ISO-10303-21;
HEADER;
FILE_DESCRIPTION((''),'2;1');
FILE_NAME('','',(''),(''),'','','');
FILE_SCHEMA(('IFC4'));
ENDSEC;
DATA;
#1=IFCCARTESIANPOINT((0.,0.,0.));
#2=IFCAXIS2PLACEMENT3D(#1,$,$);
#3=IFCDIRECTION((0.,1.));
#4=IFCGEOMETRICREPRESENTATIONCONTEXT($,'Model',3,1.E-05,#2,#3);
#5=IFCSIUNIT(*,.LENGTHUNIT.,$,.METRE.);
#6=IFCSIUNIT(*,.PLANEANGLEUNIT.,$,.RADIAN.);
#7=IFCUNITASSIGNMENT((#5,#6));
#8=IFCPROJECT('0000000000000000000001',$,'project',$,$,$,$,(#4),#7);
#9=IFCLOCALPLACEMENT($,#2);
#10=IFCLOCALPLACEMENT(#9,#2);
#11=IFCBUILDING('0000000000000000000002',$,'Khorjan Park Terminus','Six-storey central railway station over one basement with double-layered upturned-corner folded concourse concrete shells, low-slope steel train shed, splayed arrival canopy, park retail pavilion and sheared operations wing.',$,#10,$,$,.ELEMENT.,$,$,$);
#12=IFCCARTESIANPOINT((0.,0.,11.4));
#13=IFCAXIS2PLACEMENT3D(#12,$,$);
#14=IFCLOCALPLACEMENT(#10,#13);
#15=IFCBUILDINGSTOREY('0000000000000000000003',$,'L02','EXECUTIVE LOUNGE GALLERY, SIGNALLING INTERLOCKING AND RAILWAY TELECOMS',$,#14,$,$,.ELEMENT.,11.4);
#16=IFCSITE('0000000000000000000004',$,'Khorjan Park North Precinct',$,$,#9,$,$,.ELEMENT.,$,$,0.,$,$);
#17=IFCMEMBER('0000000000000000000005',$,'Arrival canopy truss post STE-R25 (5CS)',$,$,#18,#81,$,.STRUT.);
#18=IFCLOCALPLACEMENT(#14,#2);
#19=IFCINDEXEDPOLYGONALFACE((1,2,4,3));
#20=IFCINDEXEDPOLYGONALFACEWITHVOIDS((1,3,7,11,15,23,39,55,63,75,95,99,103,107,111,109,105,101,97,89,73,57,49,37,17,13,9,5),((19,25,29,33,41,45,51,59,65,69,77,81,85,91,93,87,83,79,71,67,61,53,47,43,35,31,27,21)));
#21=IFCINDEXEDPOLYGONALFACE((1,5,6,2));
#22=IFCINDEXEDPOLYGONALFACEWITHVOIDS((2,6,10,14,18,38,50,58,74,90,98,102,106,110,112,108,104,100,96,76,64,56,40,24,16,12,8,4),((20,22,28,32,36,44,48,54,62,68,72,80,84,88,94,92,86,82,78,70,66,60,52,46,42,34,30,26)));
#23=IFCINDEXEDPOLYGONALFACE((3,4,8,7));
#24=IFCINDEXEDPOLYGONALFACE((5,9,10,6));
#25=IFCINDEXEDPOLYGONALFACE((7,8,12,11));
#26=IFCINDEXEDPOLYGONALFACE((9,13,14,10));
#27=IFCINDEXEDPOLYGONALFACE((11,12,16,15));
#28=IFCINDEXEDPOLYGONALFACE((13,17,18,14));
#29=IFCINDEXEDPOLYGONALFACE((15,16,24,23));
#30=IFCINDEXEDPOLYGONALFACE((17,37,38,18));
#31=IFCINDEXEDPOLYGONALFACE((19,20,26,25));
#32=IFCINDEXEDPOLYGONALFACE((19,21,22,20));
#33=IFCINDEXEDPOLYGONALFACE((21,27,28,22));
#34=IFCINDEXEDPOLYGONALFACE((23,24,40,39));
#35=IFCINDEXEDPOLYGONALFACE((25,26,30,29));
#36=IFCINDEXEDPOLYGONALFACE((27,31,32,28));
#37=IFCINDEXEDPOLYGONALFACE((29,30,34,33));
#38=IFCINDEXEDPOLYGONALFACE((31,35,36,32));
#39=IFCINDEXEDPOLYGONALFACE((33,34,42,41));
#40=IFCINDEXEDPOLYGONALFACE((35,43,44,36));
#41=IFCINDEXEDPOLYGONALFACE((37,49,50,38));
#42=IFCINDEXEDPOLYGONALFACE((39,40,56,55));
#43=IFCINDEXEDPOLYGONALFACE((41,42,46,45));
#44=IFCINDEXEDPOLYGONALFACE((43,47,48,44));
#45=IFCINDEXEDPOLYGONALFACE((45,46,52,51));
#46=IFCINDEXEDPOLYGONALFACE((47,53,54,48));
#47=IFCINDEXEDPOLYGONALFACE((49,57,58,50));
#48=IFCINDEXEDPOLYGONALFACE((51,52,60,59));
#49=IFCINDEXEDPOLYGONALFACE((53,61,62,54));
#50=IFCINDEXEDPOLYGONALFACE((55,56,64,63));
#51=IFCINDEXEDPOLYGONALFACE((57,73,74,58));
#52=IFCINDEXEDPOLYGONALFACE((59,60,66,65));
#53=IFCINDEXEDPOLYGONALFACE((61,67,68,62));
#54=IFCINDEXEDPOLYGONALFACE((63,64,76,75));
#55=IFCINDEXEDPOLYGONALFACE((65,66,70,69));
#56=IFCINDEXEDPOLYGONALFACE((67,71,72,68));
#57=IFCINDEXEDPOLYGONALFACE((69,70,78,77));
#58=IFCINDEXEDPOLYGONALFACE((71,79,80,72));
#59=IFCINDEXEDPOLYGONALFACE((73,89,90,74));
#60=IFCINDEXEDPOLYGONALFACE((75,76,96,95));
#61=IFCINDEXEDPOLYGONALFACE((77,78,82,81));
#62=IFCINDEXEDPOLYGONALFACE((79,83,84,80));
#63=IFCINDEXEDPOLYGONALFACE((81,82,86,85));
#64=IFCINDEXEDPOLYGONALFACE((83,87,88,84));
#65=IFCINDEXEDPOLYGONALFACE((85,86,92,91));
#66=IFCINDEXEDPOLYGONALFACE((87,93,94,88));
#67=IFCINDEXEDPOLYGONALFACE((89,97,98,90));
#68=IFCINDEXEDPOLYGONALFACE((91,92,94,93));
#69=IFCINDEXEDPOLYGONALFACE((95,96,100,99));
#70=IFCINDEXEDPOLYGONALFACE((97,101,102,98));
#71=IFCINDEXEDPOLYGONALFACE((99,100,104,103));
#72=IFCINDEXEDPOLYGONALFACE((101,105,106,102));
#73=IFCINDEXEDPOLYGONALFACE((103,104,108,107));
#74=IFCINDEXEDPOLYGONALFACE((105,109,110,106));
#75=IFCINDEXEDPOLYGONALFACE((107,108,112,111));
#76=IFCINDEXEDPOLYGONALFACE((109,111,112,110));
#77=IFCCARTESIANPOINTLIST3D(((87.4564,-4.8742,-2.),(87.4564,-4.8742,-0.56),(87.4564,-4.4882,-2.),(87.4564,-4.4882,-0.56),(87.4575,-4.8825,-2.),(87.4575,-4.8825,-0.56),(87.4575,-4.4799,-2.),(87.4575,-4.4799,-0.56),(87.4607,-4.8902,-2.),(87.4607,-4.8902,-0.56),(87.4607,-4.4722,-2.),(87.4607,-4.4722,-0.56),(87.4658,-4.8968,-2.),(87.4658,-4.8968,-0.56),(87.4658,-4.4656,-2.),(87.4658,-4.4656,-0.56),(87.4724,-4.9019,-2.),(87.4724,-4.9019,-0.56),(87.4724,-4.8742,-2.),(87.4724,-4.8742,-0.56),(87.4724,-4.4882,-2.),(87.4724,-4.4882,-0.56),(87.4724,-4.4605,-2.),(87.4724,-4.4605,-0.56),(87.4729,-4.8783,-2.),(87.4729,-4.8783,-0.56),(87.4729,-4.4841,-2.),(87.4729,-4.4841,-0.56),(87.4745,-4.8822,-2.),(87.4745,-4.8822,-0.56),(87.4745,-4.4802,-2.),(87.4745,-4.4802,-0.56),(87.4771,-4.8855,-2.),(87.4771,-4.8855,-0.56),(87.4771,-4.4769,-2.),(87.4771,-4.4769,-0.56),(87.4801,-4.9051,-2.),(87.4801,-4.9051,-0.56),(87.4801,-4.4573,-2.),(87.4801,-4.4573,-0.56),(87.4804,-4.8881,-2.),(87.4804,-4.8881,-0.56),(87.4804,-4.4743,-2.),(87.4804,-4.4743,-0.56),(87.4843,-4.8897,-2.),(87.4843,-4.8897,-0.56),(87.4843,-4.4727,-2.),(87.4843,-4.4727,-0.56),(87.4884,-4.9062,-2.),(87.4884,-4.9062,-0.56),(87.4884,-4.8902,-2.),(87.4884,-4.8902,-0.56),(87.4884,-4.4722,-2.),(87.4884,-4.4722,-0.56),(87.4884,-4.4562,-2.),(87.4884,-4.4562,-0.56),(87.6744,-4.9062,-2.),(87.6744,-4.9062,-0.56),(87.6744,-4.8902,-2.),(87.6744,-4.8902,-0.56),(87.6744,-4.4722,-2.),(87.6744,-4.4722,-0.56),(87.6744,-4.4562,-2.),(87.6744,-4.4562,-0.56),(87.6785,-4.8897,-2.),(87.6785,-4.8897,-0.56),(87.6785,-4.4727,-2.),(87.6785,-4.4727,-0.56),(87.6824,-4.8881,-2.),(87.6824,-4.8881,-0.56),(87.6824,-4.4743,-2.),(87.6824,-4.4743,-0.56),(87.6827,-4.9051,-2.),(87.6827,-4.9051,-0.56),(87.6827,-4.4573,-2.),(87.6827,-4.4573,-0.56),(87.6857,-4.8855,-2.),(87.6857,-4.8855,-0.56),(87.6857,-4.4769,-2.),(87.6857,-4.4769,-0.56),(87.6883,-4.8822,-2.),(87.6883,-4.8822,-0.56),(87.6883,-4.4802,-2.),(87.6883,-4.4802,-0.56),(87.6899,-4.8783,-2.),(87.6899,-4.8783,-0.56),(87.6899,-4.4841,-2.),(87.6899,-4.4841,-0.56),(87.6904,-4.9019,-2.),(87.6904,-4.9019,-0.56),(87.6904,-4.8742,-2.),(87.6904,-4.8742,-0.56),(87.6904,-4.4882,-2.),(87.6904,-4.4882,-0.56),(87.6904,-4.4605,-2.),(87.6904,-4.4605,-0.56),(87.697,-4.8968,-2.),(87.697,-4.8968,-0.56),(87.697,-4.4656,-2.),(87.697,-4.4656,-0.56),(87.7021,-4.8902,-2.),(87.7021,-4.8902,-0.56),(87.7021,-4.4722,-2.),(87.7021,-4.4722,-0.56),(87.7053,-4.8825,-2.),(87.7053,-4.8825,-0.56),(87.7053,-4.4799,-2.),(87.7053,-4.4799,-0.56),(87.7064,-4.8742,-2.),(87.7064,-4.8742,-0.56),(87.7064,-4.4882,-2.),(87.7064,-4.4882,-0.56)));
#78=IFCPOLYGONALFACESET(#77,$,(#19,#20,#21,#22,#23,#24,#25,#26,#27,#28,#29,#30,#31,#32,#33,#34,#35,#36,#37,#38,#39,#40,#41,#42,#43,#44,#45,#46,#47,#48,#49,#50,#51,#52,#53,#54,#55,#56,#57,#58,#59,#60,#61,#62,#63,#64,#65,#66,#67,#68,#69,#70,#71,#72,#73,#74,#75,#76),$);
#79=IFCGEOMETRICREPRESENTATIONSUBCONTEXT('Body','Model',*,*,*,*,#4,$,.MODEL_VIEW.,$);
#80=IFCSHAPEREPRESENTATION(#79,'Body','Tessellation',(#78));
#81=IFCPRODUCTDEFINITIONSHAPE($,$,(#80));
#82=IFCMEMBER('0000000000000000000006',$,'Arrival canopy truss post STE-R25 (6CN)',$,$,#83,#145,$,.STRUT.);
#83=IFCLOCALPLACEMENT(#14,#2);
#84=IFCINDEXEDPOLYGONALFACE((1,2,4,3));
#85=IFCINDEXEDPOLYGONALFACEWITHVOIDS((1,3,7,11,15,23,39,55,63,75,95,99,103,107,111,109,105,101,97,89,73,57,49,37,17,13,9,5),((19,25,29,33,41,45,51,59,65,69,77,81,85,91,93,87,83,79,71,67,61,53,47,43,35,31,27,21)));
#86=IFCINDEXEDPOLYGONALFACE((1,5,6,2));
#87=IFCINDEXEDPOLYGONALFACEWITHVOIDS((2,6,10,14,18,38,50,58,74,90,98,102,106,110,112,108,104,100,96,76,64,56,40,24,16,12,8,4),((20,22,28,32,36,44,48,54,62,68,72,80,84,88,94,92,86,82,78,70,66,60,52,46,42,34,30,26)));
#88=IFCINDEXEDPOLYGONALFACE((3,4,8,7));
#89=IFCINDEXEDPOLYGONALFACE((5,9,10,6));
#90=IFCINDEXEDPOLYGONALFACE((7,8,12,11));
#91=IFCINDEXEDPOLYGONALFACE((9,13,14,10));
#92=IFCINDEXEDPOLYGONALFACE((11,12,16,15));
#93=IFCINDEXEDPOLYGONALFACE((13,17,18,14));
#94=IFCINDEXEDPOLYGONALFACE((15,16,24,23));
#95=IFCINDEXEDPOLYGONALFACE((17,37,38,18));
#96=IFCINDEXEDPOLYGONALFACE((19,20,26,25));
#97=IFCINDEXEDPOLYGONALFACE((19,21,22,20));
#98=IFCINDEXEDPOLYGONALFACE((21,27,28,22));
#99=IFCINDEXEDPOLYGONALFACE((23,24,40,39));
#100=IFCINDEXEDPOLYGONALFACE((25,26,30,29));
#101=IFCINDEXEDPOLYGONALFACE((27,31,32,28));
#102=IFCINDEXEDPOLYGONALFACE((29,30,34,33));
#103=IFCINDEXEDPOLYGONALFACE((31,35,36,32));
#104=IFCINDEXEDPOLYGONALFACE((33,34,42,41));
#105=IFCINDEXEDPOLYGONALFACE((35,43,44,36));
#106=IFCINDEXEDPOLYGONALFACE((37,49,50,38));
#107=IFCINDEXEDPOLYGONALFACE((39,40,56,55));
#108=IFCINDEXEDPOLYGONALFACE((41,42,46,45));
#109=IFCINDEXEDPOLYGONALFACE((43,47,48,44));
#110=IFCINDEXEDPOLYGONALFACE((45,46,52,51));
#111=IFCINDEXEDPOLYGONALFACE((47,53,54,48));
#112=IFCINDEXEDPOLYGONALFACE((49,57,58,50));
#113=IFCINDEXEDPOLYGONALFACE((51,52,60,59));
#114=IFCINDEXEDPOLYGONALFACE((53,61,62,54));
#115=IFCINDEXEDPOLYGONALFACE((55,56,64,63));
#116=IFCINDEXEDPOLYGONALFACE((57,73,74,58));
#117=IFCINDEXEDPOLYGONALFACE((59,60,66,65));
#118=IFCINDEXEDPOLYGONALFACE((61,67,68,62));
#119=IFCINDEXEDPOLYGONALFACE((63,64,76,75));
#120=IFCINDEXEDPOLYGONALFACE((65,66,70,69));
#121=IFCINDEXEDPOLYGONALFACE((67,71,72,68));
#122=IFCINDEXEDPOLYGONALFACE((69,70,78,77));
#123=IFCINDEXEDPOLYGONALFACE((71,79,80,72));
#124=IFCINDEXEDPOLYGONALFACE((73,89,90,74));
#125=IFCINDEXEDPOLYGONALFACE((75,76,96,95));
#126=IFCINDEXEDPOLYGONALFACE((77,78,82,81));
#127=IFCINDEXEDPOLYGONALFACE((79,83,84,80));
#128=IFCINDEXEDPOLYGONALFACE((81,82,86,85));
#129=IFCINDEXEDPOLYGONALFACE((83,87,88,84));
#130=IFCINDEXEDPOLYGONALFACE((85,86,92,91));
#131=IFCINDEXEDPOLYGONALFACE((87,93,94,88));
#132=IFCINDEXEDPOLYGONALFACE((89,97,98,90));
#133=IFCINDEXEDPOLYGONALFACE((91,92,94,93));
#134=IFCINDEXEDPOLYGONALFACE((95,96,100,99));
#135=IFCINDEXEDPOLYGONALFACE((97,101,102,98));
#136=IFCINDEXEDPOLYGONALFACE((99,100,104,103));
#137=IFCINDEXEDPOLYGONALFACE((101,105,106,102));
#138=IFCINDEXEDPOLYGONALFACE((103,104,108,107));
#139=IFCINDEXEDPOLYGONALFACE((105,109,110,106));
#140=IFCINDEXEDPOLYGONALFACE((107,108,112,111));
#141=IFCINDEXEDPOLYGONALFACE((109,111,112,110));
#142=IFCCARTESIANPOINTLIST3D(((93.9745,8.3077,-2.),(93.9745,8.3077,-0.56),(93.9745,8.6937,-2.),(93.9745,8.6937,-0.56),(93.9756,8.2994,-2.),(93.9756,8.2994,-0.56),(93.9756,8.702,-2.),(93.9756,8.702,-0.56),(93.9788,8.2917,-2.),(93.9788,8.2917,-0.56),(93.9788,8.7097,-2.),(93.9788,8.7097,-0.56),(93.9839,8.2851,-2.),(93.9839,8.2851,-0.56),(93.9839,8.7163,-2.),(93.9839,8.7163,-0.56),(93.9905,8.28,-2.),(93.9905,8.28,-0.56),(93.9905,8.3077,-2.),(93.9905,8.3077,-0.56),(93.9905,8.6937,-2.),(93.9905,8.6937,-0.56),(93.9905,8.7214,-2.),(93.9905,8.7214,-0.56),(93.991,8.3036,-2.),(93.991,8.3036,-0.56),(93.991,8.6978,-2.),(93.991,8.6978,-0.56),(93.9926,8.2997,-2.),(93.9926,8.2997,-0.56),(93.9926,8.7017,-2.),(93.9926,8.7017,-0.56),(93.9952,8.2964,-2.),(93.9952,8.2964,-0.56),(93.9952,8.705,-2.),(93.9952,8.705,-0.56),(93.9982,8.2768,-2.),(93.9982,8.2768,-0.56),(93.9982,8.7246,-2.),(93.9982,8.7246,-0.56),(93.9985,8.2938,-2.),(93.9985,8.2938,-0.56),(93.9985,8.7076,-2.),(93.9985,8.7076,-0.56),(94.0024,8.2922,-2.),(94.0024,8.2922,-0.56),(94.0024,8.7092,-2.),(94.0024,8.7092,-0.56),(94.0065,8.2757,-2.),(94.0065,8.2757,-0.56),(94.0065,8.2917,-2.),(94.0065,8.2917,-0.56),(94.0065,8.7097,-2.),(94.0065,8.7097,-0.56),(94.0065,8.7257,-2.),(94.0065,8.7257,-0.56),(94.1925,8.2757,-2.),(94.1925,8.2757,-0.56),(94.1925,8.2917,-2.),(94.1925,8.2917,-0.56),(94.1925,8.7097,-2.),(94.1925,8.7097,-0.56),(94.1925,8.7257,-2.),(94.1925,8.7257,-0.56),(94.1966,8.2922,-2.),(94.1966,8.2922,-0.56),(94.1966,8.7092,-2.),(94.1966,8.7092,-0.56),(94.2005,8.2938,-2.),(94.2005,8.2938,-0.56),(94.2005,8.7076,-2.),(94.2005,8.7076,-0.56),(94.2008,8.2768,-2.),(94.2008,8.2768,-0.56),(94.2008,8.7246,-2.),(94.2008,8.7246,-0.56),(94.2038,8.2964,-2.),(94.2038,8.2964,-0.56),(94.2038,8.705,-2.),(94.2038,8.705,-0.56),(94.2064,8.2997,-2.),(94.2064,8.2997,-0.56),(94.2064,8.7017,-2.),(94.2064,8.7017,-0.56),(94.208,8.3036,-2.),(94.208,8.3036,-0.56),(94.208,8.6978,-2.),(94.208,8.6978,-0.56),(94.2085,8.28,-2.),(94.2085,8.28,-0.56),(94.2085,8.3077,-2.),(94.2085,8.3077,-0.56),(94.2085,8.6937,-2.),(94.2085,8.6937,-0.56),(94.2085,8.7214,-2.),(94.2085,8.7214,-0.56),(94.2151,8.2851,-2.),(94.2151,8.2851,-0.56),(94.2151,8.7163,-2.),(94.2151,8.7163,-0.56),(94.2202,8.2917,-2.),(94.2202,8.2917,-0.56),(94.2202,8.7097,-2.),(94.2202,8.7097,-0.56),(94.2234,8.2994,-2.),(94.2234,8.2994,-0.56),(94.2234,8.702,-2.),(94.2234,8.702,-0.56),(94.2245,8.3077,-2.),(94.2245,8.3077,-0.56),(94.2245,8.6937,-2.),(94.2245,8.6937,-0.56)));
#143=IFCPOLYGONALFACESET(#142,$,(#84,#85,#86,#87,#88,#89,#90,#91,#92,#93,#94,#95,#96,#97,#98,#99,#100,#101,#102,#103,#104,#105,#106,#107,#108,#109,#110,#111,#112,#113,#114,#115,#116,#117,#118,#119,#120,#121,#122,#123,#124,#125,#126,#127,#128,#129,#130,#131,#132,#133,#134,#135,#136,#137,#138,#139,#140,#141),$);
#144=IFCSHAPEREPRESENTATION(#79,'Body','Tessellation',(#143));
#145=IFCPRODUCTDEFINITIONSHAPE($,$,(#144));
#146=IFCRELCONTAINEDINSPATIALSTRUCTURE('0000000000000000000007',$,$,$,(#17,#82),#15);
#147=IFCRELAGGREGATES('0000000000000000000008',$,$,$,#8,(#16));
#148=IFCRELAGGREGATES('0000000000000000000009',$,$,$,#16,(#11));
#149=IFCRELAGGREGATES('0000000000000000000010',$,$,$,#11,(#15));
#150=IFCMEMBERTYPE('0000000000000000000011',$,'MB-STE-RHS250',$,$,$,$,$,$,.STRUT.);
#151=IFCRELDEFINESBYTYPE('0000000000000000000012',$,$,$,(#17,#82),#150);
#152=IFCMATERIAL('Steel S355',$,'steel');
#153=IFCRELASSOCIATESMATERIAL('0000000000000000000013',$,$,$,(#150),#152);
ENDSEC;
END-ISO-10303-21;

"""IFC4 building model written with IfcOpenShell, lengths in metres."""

from ifc_helpers import new_model, si_unit, direction, frame, origin, origin_2d, place, context, subcontext, project, spatial, hollow_rectangle, extrude, material, material_profile, profile_set, type_object, element, save


model = new_model("IFC4")

# Units and contexts
model_context = context("Model", 3, precision=1e-05, world=origin(), true_north=direction((0.0, 1.0)))
body_context = subcontext(model_context, "Body", "Model", "MODEL_VIEW")
ifc_project = project(units=[si_unit("LENGTHUNIT", "METRE"), si_unit("PLANEANGLEUNIT", "RADIAN")], contexts=[model_context])

# Site, building, storey
site_placement = place(None, origin())
site = spatial("IfcSite", under=ifc_project, at=site_placement, Name="Khorjan Park North Precinct", CompositionType="ELEMENT", RefElevation=0.0)
building_placement = place(site_placement, origin())
building = spatial("IfcBuilding", under=site, at=building_placement, Name="Khorjan Park Terminus", Description="Six-storey central railway station over one basement with double-layered upturned-corner folded concourse concrete shells, low-slope steel train shed, splayed arrival canopy, park retail pavilion and sheared operations wing.", CompositionType="ELEMENT")
storey_placement = place(building_placement, frame((0.0, 0.0, 11.4)))
storey = spatial("IfcBuildingStorey", under=building, at=storey_placement, Name="L02", Description="EXECUTIVE LOUNGE GALLERY, SIGNALLING INTERLOCKING AND RAILWAY TELECOMS", CompositionType="ELEMENT", Elevation=11.4)

# Members
ifc_material = material(Name="Steel S355", Category="steel")
ifc_material_profile_1 = material_profile(ifc_material, hollow_rectangle(XDim=0.25, YDim=0.45, WallThickness=0.016, InnerFilletRadius=0.016, OuterFilletRadius=0.032, at=origin_2d()), Name="RHS 450x250x16")
ifc_profile_set_1 = profile_set([ifc_material_profile_1], Name="Steel S355")
member_type_1 = type_object("IfcMemberType", Name="MB-STE-RHS250", PredefinedType="STRUT", material=ifc_profile_set_1)
for number, where, z_axis, x_axis, name in (
    (1, (87.5814, -4.6812, -2.0), (0.0, 0.0, 1.0), (1.0, 0.0, 0.0), "Arrival canopy truss post STE-R25 (5CS)"),
    (2, (94.0995, 8.5007, -2.0), (0.0, 0.0, 1.0), (1.0, 0.0, 0.0), "Arrival canopy truss post STE-R25 (6CN)"),
):
    element("IfcMember", number, at=place(storey_placement, frame(where, z_axis=z_axis, x_axis=x_axis)), inside=storey, type_object=member_type_1, Name=name, PredefinedType="STRUT", context=body_context, shape_type="SweptSolid", body=[
        extrude(hollow_rectangle(XDim=0.25, YDim=0.45, WallThickness=0.016, InnerFilletRadius=0.016, OuterFilletRadius=0.032, at=origin_2d()), origin(), (0.0, 0.0, 1.0), 1.44),
    ])

save(model, "model.ifc")
